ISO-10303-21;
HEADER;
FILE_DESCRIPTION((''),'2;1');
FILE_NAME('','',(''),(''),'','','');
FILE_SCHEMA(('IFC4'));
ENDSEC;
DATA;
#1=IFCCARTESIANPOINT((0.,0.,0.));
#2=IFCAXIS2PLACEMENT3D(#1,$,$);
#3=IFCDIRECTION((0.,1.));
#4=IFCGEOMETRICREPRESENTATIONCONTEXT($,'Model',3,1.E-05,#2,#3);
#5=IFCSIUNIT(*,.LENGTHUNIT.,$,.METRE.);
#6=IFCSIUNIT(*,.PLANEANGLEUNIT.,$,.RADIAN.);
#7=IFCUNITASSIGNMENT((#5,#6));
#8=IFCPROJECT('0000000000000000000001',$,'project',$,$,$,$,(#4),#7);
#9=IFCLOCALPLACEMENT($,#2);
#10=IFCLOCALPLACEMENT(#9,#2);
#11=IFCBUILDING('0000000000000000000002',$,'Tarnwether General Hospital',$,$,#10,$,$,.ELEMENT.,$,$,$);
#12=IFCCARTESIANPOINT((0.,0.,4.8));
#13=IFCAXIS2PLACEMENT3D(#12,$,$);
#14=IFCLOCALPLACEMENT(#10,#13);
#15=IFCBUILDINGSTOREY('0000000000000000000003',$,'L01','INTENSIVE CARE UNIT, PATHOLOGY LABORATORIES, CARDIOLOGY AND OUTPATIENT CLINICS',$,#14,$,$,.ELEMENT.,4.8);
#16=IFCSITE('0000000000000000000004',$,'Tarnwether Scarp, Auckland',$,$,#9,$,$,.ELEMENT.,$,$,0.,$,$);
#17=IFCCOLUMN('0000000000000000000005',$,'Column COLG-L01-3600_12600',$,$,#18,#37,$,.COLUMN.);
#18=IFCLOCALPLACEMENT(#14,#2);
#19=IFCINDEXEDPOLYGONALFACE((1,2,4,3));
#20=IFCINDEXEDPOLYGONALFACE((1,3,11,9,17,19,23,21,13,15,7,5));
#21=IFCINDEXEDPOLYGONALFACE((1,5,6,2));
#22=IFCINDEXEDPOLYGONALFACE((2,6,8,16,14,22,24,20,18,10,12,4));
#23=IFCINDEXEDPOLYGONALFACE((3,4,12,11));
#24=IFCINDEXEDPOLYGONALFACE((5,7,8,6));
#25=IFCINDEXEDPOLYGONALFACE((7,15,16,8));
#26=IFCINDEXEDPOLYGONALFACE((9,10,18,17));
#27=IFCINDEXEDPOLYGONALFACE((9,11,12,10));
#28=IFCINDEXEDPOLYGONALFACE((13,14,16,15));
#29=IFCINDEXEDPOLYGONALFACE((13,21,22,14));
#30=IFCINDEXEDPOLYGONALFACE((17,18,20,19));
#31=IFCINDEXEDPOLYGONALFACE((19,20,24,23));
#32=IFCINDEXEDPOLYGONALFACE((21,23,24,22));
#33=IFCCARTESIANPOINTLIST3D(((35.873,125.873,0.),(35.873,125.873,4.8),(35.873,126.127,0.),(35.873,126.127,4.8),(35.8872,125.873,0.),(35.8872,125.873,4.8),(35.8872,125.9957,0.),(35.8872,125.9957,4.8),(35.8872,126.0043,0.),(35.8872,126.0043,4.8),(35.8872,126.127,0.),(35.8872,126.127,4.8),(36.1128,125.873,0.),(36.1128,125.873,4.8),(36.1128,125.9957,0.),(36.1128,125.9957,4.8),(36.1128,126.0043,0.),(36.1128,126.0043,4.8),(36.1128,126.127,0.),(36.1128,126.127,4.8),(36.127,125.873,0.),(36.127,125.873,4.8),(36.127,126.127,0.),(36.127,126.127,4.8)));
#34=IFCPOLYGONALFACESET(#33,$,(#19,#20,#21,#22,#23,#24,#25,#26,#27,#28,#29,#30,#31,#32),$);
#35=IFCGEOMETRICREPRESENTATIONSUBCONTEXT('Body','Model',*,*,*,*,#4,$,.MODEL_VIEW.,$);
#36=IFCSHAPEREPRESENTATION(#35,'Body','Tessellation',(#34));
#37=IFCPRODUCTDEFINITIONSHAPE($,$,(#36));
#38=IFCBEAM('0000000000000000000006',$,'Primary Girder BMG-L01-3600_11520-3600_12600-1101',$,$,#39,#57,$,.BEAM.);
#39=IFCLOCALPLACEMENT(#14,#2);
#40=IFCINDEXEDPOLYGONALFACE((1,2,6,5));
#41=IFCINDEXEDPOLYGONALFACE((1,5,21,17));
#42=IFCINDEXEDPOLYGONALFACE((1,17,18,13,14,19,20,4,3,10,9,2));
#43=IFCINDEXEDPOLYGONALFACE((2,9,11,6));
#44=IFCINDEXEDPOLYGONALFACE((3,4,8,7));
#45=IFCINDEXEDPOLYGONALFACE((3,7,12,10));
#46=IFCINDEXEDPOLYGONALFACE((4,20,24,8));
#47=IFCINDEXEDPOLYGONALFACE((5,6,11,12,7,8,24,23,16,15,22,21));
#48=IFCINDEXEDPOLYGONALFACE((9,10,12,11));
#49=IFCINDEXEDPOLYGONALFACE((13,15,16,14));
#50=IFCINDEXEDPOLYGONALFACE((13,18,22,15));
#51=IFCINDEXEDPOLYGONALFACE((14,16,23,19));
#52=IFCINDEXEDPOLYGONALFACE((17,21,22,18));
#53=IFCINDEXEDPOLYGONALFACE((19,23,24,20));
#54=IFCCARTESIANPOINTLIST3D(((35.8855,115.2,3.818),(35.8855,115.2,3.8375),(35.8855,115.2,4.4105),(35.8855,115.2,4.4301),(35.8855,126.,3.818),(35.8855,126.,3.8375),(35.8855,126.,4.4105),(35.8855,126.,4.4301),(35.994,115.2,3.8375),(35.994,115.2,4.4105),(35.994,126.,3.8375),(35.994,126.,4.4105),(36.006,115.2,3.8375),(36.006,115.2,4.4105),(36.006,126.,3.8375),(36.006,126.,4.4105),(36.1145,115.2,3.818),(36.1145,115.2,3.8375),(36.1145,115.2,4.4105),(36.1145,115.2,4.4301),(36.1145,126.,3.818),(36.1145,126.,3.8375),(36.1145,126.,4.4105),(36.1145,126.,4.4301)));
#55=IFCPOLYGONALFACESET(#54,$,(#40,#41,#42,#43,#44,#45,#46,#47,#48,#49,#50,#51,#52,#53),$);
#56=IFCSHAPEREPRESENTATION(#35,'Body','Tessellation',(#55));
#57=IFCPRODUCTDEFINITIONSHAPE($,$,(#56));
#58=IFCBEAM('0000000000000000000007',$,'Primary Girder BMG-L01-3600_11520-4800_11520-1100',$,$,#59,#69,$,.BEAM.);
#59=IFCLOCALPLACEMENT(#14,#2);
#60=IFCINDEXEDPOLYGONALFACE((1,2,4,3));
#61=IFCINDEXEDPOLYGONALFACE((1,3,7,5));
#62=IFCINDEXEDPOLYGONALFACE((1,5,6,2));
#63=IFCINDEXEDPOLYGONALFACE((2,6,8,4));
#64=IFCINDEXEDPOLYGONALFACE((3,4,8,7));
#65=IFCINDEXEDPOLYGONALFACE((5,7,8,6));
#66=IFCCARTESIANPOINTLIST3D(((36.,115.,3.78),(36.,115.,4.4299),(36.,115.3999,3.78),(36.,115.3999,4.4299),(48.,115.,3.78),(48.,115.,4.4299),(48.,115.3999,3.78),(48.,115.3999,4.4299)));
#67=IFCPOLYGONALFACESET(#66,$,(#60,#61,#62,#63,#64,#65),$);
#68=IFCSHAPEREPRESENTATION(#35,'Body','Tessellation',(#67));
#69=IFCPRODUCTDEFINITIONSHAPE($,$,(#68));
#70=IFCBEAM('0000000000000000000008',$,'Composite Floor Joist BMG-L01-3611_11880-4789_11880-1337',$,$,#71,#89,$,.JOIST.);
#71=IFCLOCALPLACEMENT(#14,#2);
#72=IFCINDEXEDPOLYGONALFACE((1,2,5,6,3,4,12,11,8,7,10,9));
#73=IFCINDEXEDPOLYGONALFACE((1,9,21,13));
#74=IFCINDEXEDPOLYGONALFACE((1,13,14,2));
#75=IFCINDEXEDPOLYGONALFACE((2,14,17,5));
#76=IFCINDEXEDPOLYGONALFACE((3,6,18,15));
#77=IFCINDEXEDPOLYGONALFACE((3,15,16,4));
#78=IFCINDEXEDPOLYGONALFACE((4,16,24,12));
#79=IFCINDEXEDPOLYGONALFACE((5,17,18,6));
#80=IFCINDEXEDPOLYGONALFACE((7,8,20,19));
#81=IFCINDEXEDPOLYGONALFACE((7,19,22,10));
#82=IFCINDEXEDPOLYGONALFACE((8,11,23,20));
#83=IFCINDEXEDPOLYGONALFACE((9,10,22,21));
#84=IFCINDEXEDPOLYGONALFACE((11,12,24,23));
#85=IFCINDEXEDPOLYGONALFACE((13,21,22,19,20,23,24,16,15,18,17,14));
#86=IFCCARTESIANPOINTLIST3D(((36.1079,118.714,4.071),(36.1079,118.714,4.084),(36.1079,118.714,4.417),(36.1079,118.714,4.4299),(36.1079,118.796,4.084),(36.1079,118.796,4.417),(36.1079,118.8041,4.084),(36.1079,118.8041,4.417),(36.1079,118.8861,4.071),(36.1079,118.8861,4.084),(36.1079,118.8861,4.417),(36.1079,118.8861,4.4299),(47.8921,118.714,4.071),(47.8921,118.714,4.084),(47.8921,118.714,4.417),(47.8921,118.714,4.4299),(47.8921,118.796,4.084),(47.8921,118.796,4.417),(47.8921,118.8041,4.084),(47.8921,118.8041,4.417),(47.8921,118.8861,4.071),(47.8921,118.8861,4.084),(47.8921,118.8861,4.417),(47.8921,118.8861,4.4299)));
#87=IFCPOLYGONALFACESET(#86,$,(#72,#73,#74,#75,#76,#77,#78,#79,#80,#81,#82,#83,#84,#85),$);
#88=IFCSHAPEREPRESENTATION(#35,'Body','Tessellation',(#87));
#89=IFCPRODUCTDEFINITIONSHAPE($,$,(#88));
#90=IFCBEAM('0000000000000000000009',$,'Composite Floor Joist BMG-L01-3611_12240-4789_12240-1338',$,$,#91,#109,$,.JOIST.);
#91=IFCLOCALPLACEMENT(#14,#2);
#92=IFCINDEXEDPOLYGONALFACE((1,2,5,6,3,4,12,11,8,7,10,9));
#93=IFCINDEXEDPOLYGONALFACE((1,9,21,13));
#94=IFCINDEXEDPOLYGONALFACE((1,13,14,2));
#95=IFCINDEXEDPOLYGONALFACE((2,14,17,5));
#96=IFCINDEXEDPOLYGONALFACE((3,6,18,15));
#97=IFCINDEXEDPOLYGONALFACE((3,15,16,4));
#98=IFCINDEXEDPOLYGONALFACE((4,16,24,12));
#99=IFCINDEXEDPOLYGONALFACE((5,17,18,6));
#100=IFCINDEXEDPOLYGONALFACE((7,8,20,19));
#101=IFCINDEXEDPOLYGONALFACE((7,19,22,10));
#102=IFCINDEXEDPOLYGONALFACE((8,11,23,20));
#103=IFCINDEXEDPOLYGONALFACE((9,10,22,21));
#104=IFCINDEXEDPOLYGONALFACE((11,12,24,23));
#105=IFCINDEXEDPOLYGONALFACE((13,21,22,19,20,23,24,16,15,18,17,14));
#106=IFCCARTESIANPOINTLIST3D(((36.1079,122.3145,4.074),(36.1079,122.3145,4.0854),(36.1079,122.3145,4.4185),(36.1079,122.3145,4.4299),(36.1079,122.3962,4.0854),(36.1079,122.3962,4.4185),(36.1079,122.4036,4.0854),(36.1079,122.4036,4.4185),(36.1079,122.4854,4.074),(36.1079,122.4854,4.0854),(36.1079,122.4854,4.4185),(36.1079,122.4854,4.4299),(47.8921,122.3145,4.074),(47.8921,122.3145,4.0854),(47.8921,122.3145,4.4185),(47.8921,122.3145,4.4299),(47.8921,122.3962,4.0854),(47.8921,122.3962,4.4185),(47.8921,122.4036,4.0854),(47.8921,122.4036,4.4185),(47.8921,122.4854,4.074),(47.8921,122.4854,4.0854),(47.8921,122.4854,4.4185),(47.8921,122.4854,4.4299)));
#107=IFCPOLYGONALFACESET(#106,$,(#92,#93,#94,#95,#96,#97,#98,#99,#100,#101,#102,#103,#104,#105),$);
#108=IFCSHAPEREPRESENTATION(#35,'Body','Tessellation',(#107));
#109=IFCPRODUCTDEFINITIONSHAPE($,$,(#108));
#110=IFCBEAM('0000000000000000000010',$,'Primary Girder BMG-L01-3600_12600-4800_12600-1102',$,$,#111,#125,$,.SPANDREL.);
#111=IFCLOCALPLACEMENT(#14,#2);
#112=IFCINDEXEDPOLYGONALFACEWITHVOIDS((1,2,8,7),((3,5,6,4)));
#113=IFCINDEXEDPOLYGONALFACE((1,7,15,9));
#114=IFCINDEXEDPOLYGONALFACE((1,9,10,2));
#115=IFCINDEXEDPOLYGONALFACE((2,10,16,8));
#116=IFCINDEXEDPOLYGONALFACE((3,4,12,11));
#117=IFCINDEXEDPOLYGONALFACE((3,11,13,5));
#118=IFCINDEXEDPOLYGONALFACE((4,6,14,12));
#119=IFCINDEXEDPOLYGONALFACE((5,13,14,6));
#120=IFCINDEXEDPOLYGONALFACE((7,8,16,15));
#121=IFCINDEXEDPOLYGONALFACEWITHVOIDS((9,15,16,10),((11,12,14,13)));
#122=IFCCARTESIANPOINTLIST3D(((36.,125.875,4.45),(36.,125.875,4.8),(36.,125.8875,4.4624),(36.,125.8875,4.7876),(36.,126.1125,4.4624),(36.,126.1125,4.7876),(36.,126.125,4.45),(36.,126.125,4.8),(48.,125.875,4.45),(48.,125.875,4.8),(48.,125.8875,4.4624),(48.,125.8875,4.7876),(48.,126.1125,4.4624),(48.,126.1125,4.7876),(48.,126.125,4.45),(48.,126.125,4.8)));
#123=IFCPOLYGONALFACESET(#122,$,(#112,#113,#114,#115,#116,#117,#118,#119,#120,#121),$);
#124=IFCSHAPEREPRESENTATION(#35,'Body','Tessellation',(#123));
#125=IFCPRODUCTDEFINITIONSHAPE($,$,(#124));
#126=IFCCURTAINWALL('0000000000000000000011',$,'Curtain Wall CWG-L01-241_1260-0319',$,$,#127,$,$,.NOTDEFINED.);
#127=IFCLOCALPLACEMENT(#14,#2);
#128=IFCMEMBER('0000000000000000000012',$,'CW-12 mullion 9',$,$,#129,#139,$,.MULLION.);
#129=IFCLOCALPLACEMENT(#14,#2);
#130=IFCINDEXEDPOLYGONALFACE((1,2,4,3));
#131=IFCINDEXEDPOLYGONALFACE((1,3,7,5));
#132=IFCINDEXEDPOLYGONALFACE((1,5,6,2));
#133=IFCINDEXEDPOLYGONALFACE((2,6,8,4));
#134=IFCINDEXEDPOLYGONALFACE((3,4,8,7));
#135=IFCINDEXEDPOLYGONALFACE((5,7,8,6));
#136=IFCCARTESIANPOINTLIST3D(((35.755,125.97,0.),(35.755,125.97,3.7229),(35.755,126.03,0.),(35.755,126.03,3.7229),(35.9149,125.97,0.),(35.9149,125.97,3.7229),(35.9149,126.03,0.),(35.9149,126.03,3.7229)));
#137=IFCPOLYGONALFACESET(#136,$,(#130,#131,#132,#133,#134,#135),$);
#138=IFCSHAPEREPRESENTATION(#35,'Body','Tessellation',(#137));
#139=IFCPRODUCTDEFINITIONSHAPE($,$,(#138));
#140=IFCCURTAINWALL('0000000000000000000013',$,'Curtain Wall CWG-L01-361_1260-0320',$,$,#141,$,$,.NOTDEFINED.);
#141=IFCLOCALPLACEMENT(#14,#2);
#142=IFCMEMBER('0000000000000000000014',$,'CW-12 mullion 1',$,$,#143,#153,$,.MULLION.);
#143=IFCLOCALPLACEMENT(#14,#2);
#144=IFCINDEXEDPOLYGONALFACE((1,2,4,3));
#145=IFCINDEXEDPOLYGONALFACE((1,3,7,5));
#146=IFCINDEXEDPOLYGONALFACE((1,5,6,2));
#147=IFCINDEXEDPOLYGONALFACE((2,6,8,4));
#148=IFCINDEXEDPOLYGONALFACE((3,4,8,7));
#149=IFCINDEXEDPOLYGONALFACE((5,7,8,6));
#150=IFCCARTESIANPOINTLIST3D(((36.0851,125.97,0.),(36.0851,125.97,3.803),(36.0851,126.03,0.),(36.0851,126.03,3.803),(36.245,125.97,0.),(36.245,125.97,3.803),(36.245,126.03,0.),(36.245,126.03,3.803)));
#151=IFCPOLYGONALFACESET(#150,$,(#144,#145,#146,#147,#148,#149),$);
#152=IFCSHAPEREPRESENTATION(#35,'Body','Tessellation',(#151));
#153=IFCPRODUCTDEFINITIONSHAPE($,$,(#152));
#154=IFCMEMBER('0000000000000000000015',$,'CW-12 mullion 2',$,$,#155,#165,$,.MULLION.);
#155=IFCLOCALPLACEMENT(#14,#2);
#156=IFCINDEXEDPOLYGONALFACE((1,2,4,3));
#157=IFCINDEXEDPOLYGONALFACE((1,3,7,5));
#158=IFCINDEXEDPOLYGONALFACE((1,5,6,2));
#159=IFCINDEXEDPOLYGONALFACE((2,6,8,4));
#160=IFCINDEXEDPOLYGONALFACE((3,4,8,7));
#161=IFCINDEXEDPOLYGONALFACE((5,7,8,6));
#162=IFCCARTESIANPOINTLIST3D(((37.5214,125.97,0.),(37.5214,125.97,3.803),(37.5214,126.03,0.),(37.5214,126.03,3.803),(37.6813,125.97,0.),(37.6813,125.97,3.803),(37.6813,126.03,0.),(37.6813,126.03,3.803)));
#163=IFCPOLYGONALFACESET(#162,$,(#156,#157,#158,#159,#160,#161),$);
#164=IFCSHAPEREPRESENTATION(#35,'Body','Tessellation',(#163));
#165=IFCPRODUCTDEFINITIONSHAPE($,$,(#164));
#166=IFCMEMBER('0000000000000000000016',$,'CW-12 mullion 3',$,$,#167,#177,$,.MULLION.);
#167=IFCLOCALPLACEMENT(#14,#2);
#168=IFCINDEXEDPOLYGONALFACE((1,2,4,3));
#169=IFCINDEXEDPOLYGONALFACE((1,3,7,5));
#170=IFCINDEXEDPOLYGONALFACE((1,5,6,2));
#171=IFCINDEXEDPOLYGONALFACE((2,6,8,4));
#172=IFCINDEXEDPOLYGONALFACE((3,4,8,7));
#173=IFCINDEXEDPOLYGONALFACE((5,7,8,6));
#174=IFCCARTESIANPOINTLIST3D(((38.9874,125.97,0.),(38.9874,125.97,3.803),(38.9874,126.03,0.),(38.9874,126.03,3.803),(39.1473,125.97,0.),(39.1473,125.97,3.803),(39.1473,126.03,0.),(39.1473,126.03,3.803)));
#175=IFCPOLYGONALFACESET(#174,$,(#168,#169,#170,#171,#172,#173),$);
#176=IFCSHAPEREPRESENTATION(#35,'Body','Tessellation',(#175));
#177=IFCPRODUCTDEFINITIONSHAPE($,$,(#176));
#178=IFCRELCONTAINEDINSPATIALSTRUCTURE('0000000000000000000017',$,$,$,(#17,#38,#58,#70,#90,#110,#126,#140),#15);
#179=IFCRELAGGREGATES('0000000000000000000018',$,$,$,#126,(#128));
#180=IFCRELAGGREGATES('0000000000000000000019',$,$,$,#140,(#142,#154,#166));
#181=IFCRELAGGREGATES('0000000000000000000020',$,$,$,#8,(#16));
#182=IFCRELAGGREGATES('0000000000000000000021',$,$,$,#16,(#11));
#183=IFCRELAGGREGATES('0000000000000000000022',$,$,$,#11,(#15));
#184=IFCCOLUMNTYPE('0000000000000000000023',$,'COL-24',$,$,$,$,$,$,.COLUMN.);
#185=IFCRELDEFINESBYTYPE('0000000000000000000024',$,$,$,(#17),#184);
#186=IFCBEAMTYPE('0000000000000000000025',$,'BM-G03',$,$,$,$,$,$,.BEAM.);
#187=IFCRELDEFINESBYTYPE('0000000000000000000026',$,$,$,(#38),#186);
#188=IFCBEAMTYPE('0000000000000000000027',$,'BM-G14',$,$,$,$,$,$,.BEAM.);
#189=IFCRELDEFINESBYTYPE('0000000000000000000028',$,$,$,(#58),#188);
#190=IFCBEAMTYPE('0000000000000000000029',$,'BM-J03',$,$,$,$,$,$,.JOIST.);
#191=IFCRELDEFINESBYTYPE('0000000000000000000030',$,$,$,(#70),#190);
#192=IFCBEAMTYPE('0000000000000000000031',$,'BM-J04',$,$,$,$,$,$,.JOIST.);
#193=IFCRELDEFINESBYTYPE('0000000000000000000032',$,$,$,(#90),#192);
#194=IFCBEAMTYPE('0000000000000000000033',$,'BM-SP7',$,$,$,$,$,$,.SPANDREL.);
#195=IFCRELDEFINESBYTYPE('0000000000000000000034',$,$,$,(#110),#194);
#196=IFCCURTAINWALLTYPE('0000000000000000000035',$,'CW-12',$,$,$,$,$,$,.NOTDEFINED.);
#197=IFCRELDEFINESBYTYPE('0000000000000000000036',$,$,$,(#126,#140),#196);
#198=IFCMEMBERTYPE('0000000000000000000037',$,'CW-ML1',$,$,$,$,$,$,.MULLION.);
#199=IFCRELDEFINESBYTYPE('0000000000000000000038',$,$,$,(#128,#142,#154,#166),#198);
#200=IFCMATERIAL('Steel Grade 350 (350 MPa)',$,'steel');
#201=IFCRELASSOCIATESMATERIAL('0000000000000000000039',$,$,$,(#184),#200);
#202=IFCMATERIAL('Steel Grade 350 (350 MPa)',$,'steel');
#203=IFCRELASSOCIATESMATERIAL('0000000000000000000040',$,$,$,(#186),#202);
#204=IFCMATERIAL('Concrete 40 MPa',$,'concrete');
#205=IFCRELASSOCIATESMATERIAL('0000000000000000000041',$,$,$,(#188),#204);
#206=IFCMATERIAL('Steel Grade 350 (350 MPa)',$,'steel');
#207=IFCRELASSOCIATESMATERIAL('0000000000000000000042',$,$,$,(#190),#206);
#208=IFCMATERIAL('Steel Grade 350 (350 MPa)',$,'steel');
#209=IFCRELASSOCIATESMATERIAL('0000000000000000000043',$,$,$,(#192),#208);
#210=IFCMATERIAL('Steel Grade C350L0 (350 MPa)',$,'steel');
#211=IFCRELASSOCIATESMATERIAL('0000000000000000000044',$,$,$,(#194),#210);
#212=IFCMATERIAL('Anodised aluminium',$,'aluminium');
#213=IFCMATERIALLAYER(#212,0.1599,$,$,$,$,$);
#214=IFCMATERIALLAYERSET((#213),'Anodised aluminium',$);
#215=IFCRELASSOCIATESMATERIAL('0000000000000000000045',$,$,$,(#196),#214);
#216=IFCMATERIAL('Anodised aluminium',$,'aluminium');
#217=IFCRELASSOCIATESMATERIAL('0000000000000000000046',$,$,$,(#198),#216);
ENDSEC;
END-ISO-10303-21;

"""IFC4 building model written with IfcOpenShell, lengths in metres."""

from ifc_helpers import new_model, si_unit, direction, frame, origin, origin_2d, place, context, subcontext, project, spatial, rectangle, hollow_rectangle, i_section, extrude, material, layer, layer_set, material_profile, profile_set, type_object, element, aggregate, save


model = new_model("IFC4")

# Units and contexts
model_context = context("Model", 3, precision=1e-05, world=origin(), true_north=direction((0.0, 1.0)))
body_context = subcontext(model_context, "Body", "Model", "MODEL_VIEW")
ifc_project = project(units=[si_unit("LENGTHUNIT", "METRE"), si_unit("PLANEANGLEUNIT", "RADIAN")], contexts=[model_context])

# Site, building, storey
site_placement = place(None, origin())
site = spatial("IfcSite", under=ifc_project, at=site_placement, Name="Tarnwether Scarp, Auckland", CompositionType="ELEMENT", RefElevation=0.0)
building_placement = place(site_placement, origin())
building = spatial("IfcBuilding", under=site, at=building_placement, Name="Tarnwether General Hospital", CompositionType="ELEMENT")
storey_placement = place(building_placement, frame((0.0, 0.0, 4.8)))
storey = spatial("IfcBuildingStorey", under=building, at=storey_placement, Name="L01", Description="INTENSIVE CARE UNIT, PATHOLOGY LABORATORIES, CARDIOLOGY AND OUTPATIENT CLINICS", CompositionType="ELEMENT", Elevation=4.8)

# Column
ifc_material_1 = material(Name="Steel Grade 350 (350 MPa)", Category="steel")
ifc_material_profile_1 = material_profile(ifc_material_1, i_section(OverallWidth=0.2539, OverallDepth=0.2539, WebThickness=0.0085, FlangeThickness=0.0142, at=origin_2d()), Name="250UC72.9")
ifc_profile_set_1 = profile_set([ifc_material_profile_1], Name="Steel Grade 350 (350 MPa)")
column_type = type_object("IfcColumnType", Name="COL-24", PredefinedType="COLUMN", material=ifc_profile_set_1)
column_placement = place(storey_placement, frame((36.0, 126.0, 0.0), z_axis=(0.0, 0.0, 1.0), x_axis=(0.0, 1.0, 0.0)))
element("IfcColumn", 1, at=column_placement, inside=storey, type_object=column_type, Name="Column COLG-L01-3600_12600", PredefinedType="COLUMN", context=body_context, shape_type="SweptSolid", body=[
    extrude(i_section(OverallWidth=0.2539, OverallDepth=0.2539, WebThickness=0.0085, FlangeThickness=0.0142, at=origin_2d()), origin(), (0.0, 0.0, 1.0), 4.8),
])

# Beams
ifc_material_2 = material(Name="Steel Grade 350 (350 MPa)", Category="steel")
ifc_material_profile_2 = material_profile(ifc_material_2, i_section(OverallWidth=0.229, OverallDepth=0.6121, WebThickness=0.012, FlangeThickness=0.0195, at=origin_2d()), Name="610UB125")
ifc_profile_set_2 = profile_set([ifc_material_profile_2], Name="Steel Grade 350 (350 MPa)")
beam_type_1 = type_object("IfcBeamType", Name="BM-G03", PredefinedType="BEAM", material=ifc_profile_set_2)
beam_1_placement = place(storey_placement, frame((36.0, 115.2, 4.124), z_axis=(0.0, 1.0, 0.0), x_axis=(-1.0, 0.0, 0.0)))
element("IfcBeam", 2, at=beam_1_placement, inside=storey, type_object=beam_type_1, Name="Primary Girder BMG-L01-3600_11520-3600_12600-1101", PredefinedType="BEAM", context=body_context, shape_type="SweptSolid", body=[
    extrude(i_section(OverallWidth=0.229, OverallDepth=0.6121, WebThickness=0.012, FlangeThickness=0.0195, at=origin_2d()), origin(), (0.0, 0.0, 1.0), 10.8),
])
ifc_material_3 = material(Name="Concrete 40 MPa", Category="concrete")
ifc_material_profile_3 = material_profile(ifc_material_3, rectangle(XDim=0.3999, YDim=0.6499, at=origin_2d()), Name="RC-BM-400x650")
ifc_profile_set_3 = profile_set([ifc_material_profile_3], Name="Concrete 40 MPa")
beam_type_2 = type_object("IfcBeamType", Name="BM-G14", PredefinedType="BEAM", material=ifc_profile_set_3)
beam_2_placement = place(storey_placement, frame((36.0, 115.2, 4.105), z_axis=(1.0, 0.0, 0.0), x_axis=(0.0, 1.0, 0.0)))
element("IfcBeam", 3, at=beam_2_placement, inside=storey, type_object=beam_type_2, Name="Primary Girder BMG-L01-3600_11520-4800_11520-1100", PredefinedType="BEAM", context=body_context, shape_type="SweptSolid", body=[
    extrude(rectangle(XDim=0.3999, YDim=0.6499, at=origin_2d()), origin(), (0.0, 0.0, 1.0), 12.0),
])
ifc_material_4 = material(Name="Steel Grade 350 (350 MPa)", Category="steel")
ifc_material_profile_4 = material_profile(ifc_material_4, i_section(OverallWidth=0.1721, OverallDepth=0.3589, WebThickness=0.0081, FlangeThickness=0.0129, at=origin_2d()), Name="360UB56.7")
ifc_profile_set_4 = profile_set([ifc_material_profile_4], Name="Steel Grade 350 (350 MPa)")
beam_type_3 = type_object("IfcBeamType", Name="BM-J03", PredefinedType="JOIST", material=ifc_profile_set_4)
beam_3_placement = place(storey_placement, frame((36.1079, 118.8, 4.2505), z_axis=(1.0, 0.0, 0.0), x_axis=(0.0, 1.0, 0.0)))
element("IfcBeam", 4, at=beam_3_placement, inside=storey, type_object=beam_type_3, Name="Composite Floor Joist BMG-L01-3611_11880-4789_11880-1337", PredefinedType="JOIST", context=body_context, shape_type="SweptSolid", body=[
    extrude(i_section(OverallWidth=0.1721, OverallDepth=0.3589, WebThickness=0.0081, FlangeThickness=0.0129, at=origin_2d()), origin(), (0.0, 0.0, 1.0), 11.7842),
])
ifc_material_5 = material(Name="Steel Grade 350 (350 MPa)", Category="steel")
ifc_material_profile_5 = material_profile(ifc_material_5, i_section(OverallWidth=0.1709, OverallDepth=0.356, WebThickness=0.0073, FlangeThickness=0.0115, at=origin_2d()), Name="360UB50.7")
ifc_profile_set_5 = profile_set([ifc_material_profile_5], Name="Steel Grade 350 (350 MPa)")
beam_type_4 = type_object("IfcBeamType", Name="BM-J04", PredefinedType="JOIST", material=ifc_profile_set_5)
beam_4_placement = place(storey_placement, frame((36.1079, 122.3999, 4.252), z_axis=(1.0, 0.0, 0.0), x_axis=(0.0, 1.0, 0.0)))
element("IfcBeam", 5, at=beam_4_placement, inside=storey, type_object=beam_type_4, Name="Composite Floor Joist BMG-L01-3611_12240-4789_12240-1338", PredefinedType="JOIST", context=body_context, shape_type="SweptSolid", body=[
    extrude(i_section(OverallWidth=0.1709, OverallDepth=0.356, WebThickness=0.0073, FlangeThickness=0.0115, at=origin_2d()), origin(), (0.0, 0.0, 1.0), 11.7842),
])
ifc_material_6 = material(Name="Steel Grade C350L0 (350 MPa)", Category="steel")
ifc_material_profile_6 = material_profile(ifc_material_6, hollow_rectangle(XDim=0.25, YDim=0.3501, WallThickness=0.0125, at=origin_2d()), Name="RHS350x250x12.5")
ifc_profile_set_6 = profile_set([ifc_material_profile_6], Name="Steel Grade C350L0 (350 MPa)")
beam_type_5 = type_object("IfcBeamType", Name="BM-SP7", PredefinedType="SPANDREL", material=ifc_profile_set_6)
beam_5_placement = place(storey_placement, frame((36.0, 126.0, 4.625), z_axis=(1.0, 0.0, 0.0), x_axis=(0.0, 1.0, 0.0)))
element("IfcBeam", 6, at=beam_5_placement, inside=storey, type_object=beam_type_5, Name="Primary Girder BMG-L01-3600_12600-4800_12600-1102", PredefinedType="SPANDREL", context=body_context, shape_type="SweptSolid", body=[
    extrude(hollow_rectangle(XDim=0.25, YDim=0.3501, WallThickness=0.0125, at=origin_2d()), origin(), (0.0, 0.0, 1.0), 12.0),
])

# Curtain wall, member
ifc_material_7 = material(Name="Anodised aluminium", Category="aluminium")
ifc_layer_1 = layer(ifc_material_7, 0.1599)
ifc_layer_set_1 = layer_set([ifc_layer_1], Name="Anodised aluminium")
curtain_wall_type = type_object("IfcCurtainWallType", Name="CW-12", PredefinedType="NOTDEFINED", material=ifc_layer_set_1)
curtain_wall_1_placement = place(storey_placement, origin())
curtain_wall_1 = element("IfcCurtainWall", 7, at=curtain_wall_1_placement, inside=storey, type_object=curtain_wall_type, Name="Curtain Wall CWG-L01-241_1260-0319", PredefinedType="NOTDEFINED")
ifc_material_8 = material(Name="Anodised aluminium", Category="aluminium")
ifc_material_profile_7 = material_profile(ifc_material_8, rectangle(XDim=0.0601, YDim=0.1599, at=origin_2d()), Name="ALU-MUL-60x160")
ifc_profile_set_7 = profile_set([ifc_material_profile_7], Name="Anodised aluminium")
member_type_1 = type_object("IfcMemberType", Name="CW-ML1", PredefinedType="MULLION", material=ifc_profile_set_7)
member_1_placement = place(storey_placement, frame((35.835, 126.0, 0.0), z_axis=(0.0, 0.0, 1.0), x_axis=(0.0, 1.0, 0.0)))
member_1 = element("IfcMember", 8, at=member_1_placement, type_object=member_type_1, Name="CW-12 mullion 9", PredefinedType="MULLION", context=body_context, shape_type="SweptSolid", body=[
    extrude(rectangle(XDim=0.0601, YDim=0.1599, at=origin_2d()), origin(), (0.0, 0.0, 1.0), 3.7229),
])
aggregate(curtain_wall_1, [member_1])

# Curtain wall, members
curtain_wall_2_placement = place(storey_placement, origin())
curtain_wall_2 = element("IfcCurtainWall", 9, at=curtain_wall_2_placement, inside=storey, type_object=curtain_wall_type, Name="Curtain Wall CWG-L01-361_1260-0320", PredefinedType="NOTDEFINED")
member_2_placement = place(storey_placement, frame((36.165, 126.0, 0.0), z_axis=(0.0, 0.0, 1.0), x_axis=(0.0, 1.0, 0.0)))
member_2 = element("IfcMember", 10, at=member_2_placement, type_object=member_type_1, Name="CW-12 mullion 1", PredefinedType="MULLION", context=body_context, shape_type="SweptSolid", body=[
    extrude(rectangle(XDim=0.0601, YDim=0.1599, at=origin_2d()), origin(), (0.0, 0.0, 1.0), 3.803),
])
member_3_placement = place(storey_placement, frame((37.6013, 126.0, 0.0), z_axis=(0.0, 0.0, 1.0), x_axis=(0.0, 1.0, 0.0)))
member_3 = element("IfcMember", 11, at=member_3_placement, type_object=member_type_1, Name="CW-12 mullion 2", PredefinedType="MULLION", context=body_context, shape_type="SweptSolid", body=[
    extrude(rectangle(XDim=0.0601, YDim=0.1599, at=origin_2d()), origin(), (0.0, 0.0, 1.0), 3.803),
])
member_4_placement = place(storey_placement, frame((39.0674, 126.0, 0.0), z_axis=(0.0, 0.0, 1.0), x_axis=(0.0, 1.0, 0.0)))
member_4 = element("IfcMember", 12, at=member_4_placement, type_object=member_type_1, Name="CW-12 mullion 3", PredefinedType="MULLION", context=body_context, shape_type="SweptSolid", body=[
    extrude(rectangle(XDim=0.0601, YDim=0.1599, at=origin_2d()), origin(), (0.0, 0.0, 1.0), 3.803),
])
aggregate(curtain_wall_2, [member_2, member_3, member_4])

save(model, "model.ifc")
